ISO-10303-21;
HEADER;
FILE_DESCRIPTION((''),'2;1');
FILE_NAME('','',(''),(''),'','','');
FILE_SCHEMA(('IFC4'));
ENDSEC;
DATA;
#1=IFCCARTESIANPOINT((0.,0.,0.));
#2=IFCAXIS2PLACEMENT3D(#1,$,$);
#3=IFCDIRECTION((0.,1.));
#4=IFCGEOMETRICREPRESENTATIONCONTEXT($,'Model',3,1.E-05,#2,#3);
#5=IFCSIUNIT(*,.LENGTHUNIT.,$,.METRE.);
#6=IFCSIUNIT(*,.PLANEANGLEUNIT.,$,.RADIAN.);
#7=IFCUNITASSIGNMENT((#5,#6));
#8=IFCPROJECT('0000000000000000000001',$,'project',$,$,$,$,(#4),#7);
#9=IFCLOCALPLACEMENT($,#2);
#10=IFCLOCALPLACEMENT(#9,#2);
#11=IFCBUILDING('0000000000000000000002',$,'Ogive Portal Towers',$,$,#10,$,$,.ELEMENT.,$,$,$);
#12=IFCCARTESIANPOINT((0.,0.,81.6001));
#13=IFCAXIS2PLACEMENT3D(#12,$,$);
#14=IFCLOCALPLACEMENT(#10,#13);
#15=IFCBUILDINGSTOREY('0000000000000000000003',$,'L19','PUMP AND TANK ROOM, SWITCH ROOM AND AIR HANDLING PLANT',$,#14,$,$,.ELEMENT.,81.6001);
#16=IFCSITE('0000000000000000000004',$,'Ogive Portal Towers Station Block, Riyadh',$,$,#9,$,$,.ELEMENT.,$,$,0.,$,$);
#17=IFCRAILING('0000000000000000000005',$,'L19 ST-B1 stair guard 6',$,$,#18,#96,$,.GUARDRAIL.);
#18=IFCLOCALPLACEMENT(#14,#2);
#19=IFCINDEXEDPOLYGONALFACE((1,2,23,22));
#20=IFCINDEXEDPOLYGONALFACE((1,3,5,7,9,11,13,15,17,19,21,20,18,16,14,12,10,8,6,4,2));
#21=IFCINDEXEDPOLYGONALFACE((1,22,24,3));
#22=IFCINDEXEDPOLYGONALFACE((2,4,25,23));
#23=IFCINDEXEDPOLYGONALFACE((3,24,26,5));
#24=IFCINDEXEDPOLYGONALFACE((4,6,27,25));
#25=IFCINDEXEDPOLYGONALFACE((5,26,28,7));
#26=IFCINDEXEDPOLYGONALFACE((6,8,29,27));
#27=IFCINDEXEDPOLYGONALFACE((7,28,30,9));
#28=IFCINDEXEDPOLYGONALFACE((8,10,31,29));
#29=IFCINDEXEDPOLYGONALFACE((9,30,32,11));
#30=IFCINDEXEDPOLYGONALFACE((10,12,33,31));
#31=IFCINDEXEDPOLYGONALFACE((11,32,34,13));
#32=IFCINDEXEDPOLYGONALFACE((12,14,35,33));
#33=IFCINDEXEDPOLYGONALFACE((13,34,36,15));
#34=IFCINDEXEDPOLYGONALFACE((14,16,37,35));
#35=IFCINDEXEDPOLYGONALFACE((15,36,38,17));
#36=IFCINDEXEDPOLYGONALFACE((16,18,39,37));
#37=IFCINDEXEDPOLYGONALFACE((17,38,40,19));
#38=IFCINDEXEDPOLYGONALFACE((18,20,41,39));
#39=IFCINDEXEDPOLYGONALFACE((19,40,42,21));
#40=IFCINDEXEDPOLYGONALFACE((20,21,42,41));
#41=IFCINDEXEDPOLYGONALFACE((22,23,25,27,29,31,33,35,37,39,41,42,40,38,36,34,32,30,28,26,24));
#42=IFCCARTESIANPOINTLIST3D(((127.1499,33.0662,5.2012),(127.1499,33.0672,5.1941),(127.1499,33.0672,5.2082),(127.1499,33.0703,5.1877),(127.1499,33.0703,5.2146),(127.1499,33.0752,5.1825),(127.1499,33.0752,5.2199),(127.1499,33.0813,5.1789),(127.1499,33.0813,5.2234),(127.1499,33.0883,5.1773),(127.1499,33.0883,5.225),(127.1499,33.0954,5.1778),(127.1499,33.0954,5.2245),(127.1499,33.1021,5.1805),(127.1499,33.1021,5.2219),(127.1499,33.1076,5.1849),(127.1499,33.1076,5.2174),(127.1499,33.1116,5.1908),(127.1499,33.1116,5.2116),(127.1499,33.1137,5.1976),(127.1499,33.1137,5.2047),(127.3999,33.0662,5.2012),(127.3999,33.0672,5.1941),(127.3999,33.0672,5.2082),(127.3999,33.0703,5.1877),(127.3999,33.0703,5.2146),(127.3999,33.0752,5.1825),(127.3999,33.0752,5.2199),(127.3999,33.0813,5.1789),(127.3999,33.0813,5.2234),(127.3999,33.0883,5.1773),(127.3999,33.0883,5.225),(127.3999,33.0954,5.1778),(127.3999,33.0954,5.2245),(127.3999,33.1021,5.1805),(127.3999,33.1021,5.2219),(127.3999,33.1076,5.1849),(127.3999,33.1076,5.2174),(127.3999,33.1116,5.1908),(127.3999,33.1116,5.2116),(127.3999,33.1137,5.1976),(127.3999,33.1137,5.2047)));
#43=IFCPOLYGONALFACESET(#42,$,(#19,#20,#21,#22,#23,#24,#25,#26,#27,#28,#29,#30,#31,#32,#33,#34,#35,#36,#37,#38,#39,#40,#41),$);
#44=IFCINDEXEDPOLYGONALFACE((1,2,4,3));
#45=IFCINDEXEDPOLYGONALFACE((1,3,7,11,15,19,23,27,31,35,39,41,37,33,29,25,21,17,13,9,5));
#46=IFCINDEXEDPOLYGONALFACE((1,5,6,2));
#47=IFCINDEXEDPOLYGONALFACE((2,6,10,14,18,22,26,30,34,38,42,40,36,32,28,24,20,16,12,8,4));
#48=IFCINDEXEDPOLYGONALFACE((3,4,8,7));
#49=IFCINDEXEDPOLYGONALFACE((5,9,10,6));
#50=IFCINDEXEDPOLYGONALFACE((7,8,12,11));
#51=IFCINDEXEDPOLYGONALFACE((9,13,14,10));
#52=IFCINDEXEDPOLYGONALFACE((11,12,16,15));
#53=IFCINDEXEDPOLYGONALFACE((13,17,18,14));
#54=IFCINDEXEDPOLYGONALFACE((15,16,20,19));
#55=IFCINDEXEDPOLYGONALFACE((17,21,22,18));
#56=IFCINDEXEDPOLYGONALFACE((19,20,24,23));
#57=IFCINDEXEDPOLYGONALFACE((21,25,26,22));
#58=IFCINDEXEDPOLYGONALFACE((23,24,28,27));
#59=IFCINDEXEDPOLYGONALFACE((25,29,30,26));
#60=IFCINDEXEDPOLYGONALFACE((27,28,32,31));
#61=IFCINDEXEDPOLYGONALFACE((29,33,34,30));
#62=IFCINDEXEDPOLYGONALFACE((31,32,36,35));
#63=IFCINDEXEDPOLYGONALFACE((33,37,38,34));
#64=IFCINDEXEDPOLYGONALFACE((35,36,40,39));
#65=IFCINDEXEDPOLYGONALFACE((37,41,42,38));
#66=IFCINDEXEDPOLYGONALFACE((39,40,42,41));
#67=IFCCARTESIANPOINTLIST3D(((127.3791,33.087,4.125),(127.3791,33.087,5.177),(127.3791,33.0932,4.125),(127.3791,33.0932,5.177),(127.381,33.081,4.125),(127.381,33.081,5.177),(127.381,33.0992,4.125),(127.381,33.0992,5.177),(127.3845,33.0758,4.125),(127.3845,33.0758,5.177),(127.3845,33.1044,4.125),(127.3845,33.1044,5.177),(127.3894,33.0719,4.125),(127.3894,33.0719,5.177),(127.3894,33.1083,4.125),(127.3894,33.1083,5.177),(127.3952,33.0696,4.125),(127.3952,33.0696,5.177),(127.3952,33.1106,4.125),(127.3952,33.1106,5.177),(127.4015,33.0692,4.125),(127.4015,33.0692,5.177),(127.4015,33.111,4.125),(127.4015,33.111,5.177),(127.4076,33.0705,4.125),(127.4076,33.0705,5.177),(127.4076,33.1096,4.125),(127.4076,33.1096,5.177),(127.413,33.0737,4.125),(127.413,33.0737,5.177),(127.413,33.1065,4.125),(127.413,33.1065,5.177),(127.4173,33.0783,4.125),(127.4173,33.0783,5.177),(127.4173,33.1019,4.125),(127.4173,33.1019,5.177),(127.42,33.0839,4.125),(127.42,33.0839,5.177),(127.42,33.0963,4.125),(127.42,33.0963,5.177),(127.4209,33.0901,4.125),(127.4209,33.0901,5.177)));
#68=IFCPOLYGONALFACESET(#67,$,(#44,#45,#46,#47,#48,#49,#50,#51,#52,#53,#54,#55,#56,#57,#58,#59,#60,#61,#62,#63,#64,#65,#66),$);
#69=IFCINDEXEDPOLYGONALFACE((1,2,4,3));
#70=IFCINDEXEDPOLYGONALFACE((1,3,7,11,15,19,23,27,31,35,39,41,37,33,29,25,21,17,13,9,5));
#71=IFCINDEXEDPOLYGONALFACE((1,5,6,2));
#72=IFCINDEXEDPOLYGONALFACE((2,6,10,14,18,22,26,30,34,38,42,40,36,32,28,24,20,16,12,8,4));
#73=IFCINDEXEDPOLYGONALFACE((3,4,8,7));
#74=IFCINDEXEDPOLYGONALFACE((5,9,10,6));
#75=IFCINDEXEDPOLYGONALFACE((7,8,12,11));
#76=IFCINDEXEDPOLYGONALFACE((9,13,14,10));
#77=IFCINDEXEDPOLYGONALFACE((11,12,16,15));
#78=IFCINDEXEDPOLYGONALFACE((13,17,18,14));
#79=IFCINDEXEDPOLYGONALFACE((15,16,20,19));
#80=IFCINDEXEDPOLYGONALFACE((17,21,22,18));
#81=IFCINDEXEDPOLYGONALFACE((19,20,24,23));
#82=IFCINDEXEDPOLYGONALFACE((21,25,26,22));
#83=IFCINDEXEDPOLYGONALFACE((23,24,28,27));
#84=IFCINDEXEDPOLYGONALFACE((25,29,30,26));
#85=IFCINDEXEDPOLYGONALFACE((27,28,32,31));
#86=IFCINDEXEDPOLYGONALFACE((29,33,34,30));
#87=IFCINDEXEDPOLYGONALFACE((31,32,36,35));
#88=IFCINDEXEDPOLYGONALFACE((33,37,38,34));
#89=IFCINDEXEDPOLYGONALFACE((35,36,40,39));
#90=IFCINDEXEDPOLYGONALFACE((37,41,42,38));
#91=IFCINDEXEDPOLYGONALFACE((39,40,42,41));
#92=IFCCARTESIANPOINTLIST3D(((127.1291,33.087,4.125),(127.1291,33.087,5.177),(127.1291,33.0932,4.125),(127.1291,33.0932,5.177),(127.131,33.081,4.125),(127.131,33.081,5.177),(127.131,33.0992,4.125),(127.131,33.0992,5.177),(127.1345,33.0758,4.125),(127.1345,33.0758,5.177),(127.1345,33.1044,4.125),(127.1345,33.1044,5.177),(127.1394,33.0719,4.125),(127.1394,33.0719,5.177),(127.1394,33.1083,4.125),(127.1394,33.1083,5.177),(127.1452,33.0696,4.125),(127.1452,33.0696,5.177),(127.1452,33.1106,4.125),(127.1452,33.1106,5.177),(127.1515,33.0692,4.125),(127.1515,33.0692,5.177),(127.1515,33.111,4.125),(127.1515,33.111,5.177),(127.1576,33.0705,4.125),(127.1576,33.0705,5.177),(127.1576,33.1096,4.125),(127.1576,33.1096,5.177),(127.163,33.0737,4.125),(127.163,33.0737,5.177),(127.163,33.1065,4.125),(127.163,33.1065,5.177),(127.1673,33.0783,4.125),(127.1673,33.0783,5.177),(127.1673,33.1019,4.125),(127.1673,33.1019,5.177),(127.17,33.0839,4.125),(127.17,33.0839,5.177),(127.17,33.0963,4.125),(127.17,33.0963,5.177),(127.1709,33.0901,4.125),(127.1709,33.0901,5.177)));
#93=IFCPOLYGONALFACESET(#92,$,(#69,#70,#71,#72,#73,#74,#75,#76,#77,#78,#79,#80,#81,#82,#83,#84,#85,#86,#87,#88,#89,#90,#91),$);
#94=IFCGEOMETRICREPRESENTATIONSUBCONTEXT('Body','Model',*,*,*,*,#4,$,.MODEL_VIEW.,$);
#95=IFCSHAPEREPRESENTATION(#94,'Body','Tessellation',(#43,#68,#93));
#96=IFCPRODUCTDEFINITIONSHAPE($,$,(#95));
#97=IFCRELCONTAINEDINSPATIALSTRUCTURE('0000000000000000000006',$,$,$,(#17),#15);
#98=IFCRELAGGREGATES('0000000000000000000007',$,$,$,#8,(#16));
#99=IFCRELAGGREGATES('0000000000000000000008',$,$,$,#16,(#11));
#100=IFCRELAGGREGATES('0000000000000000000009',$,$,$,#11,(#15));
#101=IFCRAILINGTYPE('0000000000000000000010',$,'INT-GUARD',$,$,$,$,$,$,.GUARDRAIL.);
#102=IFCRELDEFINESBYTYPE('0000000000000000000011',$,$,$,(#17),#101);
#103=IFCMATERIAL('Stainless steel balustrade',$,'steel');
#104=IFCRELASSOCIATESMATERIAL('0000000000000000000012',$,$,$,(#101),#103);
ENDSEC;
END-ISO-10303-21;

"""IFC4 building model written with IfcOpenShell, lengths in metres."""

from ifc_helpers import new_model, si_unit, direction, frame, origin, origin_2d, place, context, subcontext, project, spatial, circle, extrude, material, type_object, element, save


model = new_model("IFC4")

# Units and contexts
model_context = context("Model", 3, precision=1e-05, world=origin(), true_north=direction((0.0, 1.0)))
body_context = subcontext(model_context, "Body", "Model", "MODEL_VIEW")
ifc_project = project(units=[si_unit("LENGTHUNIT", "METRE"), si_unit("PLANEANGLEUNIT", "RADIAN")], contexts=[model_context])

# Site, building, storey
site_placement = place(None, origin())
site = spatial("IfcSite", under=ifc_project, at=site_placement, Name="Ogive Portal Towers Station Block, Riyadh", CompositionType="ELEMENT", RefElevation=0.0)
building_placement = place(site_placement, origin())
building = spatial("IfcBuilding", under=site, at=building_placement, Name="Ogive Portal Towers", CompositionType="ELEMENT")
storey_placement = place(building_placement, frame((0.0, 0.0, 81.6001)))
storey = spatial("IfcBuildingStorey", under=building, at=storey_placement, Name="L19", Description="PUMP AND TANK ROOM, SWITCH ROOM AND AIR HANDLING PLANT", CompositionType="ELEMENT", Elevation=81.6001)

# Railing
ifc_material_1 = material(Name="Stainless steel balustrade", Category="steel")
railing_type_1 = type_object("IfcRailingType", Name="INT-GUARD", PredefinedType="GUARDRAIL", material=ifc_material_1)
railing_1_placement = place(storey_placement, frame((127.3999, 33.0901, 4.125)))
element("IfcRailing", 1, at=railing_1_placement, inside=storey, type_object=railing_type_1, Name="L19 ST-B1 stair guard 6", PredefinedType="GUARDRAIL", context=body_context, shape_type="SweptSolid", body=[
    extrude(circle(Radius=0.0239, at=origin_2d()), frame((0.0, 0.0, 1.0762), z_axis=(-1.0, 0.0, 0.0), x_axis=(0.0, -1.0, 0.0)), (0.0, 0.0, 1.0), 0.25),
    extrude(circle(Radius=0.021, at=origin_2d()), origin(), (0.0, 0.0, 1.0), 1.052),
    extrude(circle(Radius=0.021, at=origin_2d()), frame((-0.25, 0.0, 0.0)), (0.0, 0.0, 1.0), 1.052),
])

save(model, "model.ifc")
